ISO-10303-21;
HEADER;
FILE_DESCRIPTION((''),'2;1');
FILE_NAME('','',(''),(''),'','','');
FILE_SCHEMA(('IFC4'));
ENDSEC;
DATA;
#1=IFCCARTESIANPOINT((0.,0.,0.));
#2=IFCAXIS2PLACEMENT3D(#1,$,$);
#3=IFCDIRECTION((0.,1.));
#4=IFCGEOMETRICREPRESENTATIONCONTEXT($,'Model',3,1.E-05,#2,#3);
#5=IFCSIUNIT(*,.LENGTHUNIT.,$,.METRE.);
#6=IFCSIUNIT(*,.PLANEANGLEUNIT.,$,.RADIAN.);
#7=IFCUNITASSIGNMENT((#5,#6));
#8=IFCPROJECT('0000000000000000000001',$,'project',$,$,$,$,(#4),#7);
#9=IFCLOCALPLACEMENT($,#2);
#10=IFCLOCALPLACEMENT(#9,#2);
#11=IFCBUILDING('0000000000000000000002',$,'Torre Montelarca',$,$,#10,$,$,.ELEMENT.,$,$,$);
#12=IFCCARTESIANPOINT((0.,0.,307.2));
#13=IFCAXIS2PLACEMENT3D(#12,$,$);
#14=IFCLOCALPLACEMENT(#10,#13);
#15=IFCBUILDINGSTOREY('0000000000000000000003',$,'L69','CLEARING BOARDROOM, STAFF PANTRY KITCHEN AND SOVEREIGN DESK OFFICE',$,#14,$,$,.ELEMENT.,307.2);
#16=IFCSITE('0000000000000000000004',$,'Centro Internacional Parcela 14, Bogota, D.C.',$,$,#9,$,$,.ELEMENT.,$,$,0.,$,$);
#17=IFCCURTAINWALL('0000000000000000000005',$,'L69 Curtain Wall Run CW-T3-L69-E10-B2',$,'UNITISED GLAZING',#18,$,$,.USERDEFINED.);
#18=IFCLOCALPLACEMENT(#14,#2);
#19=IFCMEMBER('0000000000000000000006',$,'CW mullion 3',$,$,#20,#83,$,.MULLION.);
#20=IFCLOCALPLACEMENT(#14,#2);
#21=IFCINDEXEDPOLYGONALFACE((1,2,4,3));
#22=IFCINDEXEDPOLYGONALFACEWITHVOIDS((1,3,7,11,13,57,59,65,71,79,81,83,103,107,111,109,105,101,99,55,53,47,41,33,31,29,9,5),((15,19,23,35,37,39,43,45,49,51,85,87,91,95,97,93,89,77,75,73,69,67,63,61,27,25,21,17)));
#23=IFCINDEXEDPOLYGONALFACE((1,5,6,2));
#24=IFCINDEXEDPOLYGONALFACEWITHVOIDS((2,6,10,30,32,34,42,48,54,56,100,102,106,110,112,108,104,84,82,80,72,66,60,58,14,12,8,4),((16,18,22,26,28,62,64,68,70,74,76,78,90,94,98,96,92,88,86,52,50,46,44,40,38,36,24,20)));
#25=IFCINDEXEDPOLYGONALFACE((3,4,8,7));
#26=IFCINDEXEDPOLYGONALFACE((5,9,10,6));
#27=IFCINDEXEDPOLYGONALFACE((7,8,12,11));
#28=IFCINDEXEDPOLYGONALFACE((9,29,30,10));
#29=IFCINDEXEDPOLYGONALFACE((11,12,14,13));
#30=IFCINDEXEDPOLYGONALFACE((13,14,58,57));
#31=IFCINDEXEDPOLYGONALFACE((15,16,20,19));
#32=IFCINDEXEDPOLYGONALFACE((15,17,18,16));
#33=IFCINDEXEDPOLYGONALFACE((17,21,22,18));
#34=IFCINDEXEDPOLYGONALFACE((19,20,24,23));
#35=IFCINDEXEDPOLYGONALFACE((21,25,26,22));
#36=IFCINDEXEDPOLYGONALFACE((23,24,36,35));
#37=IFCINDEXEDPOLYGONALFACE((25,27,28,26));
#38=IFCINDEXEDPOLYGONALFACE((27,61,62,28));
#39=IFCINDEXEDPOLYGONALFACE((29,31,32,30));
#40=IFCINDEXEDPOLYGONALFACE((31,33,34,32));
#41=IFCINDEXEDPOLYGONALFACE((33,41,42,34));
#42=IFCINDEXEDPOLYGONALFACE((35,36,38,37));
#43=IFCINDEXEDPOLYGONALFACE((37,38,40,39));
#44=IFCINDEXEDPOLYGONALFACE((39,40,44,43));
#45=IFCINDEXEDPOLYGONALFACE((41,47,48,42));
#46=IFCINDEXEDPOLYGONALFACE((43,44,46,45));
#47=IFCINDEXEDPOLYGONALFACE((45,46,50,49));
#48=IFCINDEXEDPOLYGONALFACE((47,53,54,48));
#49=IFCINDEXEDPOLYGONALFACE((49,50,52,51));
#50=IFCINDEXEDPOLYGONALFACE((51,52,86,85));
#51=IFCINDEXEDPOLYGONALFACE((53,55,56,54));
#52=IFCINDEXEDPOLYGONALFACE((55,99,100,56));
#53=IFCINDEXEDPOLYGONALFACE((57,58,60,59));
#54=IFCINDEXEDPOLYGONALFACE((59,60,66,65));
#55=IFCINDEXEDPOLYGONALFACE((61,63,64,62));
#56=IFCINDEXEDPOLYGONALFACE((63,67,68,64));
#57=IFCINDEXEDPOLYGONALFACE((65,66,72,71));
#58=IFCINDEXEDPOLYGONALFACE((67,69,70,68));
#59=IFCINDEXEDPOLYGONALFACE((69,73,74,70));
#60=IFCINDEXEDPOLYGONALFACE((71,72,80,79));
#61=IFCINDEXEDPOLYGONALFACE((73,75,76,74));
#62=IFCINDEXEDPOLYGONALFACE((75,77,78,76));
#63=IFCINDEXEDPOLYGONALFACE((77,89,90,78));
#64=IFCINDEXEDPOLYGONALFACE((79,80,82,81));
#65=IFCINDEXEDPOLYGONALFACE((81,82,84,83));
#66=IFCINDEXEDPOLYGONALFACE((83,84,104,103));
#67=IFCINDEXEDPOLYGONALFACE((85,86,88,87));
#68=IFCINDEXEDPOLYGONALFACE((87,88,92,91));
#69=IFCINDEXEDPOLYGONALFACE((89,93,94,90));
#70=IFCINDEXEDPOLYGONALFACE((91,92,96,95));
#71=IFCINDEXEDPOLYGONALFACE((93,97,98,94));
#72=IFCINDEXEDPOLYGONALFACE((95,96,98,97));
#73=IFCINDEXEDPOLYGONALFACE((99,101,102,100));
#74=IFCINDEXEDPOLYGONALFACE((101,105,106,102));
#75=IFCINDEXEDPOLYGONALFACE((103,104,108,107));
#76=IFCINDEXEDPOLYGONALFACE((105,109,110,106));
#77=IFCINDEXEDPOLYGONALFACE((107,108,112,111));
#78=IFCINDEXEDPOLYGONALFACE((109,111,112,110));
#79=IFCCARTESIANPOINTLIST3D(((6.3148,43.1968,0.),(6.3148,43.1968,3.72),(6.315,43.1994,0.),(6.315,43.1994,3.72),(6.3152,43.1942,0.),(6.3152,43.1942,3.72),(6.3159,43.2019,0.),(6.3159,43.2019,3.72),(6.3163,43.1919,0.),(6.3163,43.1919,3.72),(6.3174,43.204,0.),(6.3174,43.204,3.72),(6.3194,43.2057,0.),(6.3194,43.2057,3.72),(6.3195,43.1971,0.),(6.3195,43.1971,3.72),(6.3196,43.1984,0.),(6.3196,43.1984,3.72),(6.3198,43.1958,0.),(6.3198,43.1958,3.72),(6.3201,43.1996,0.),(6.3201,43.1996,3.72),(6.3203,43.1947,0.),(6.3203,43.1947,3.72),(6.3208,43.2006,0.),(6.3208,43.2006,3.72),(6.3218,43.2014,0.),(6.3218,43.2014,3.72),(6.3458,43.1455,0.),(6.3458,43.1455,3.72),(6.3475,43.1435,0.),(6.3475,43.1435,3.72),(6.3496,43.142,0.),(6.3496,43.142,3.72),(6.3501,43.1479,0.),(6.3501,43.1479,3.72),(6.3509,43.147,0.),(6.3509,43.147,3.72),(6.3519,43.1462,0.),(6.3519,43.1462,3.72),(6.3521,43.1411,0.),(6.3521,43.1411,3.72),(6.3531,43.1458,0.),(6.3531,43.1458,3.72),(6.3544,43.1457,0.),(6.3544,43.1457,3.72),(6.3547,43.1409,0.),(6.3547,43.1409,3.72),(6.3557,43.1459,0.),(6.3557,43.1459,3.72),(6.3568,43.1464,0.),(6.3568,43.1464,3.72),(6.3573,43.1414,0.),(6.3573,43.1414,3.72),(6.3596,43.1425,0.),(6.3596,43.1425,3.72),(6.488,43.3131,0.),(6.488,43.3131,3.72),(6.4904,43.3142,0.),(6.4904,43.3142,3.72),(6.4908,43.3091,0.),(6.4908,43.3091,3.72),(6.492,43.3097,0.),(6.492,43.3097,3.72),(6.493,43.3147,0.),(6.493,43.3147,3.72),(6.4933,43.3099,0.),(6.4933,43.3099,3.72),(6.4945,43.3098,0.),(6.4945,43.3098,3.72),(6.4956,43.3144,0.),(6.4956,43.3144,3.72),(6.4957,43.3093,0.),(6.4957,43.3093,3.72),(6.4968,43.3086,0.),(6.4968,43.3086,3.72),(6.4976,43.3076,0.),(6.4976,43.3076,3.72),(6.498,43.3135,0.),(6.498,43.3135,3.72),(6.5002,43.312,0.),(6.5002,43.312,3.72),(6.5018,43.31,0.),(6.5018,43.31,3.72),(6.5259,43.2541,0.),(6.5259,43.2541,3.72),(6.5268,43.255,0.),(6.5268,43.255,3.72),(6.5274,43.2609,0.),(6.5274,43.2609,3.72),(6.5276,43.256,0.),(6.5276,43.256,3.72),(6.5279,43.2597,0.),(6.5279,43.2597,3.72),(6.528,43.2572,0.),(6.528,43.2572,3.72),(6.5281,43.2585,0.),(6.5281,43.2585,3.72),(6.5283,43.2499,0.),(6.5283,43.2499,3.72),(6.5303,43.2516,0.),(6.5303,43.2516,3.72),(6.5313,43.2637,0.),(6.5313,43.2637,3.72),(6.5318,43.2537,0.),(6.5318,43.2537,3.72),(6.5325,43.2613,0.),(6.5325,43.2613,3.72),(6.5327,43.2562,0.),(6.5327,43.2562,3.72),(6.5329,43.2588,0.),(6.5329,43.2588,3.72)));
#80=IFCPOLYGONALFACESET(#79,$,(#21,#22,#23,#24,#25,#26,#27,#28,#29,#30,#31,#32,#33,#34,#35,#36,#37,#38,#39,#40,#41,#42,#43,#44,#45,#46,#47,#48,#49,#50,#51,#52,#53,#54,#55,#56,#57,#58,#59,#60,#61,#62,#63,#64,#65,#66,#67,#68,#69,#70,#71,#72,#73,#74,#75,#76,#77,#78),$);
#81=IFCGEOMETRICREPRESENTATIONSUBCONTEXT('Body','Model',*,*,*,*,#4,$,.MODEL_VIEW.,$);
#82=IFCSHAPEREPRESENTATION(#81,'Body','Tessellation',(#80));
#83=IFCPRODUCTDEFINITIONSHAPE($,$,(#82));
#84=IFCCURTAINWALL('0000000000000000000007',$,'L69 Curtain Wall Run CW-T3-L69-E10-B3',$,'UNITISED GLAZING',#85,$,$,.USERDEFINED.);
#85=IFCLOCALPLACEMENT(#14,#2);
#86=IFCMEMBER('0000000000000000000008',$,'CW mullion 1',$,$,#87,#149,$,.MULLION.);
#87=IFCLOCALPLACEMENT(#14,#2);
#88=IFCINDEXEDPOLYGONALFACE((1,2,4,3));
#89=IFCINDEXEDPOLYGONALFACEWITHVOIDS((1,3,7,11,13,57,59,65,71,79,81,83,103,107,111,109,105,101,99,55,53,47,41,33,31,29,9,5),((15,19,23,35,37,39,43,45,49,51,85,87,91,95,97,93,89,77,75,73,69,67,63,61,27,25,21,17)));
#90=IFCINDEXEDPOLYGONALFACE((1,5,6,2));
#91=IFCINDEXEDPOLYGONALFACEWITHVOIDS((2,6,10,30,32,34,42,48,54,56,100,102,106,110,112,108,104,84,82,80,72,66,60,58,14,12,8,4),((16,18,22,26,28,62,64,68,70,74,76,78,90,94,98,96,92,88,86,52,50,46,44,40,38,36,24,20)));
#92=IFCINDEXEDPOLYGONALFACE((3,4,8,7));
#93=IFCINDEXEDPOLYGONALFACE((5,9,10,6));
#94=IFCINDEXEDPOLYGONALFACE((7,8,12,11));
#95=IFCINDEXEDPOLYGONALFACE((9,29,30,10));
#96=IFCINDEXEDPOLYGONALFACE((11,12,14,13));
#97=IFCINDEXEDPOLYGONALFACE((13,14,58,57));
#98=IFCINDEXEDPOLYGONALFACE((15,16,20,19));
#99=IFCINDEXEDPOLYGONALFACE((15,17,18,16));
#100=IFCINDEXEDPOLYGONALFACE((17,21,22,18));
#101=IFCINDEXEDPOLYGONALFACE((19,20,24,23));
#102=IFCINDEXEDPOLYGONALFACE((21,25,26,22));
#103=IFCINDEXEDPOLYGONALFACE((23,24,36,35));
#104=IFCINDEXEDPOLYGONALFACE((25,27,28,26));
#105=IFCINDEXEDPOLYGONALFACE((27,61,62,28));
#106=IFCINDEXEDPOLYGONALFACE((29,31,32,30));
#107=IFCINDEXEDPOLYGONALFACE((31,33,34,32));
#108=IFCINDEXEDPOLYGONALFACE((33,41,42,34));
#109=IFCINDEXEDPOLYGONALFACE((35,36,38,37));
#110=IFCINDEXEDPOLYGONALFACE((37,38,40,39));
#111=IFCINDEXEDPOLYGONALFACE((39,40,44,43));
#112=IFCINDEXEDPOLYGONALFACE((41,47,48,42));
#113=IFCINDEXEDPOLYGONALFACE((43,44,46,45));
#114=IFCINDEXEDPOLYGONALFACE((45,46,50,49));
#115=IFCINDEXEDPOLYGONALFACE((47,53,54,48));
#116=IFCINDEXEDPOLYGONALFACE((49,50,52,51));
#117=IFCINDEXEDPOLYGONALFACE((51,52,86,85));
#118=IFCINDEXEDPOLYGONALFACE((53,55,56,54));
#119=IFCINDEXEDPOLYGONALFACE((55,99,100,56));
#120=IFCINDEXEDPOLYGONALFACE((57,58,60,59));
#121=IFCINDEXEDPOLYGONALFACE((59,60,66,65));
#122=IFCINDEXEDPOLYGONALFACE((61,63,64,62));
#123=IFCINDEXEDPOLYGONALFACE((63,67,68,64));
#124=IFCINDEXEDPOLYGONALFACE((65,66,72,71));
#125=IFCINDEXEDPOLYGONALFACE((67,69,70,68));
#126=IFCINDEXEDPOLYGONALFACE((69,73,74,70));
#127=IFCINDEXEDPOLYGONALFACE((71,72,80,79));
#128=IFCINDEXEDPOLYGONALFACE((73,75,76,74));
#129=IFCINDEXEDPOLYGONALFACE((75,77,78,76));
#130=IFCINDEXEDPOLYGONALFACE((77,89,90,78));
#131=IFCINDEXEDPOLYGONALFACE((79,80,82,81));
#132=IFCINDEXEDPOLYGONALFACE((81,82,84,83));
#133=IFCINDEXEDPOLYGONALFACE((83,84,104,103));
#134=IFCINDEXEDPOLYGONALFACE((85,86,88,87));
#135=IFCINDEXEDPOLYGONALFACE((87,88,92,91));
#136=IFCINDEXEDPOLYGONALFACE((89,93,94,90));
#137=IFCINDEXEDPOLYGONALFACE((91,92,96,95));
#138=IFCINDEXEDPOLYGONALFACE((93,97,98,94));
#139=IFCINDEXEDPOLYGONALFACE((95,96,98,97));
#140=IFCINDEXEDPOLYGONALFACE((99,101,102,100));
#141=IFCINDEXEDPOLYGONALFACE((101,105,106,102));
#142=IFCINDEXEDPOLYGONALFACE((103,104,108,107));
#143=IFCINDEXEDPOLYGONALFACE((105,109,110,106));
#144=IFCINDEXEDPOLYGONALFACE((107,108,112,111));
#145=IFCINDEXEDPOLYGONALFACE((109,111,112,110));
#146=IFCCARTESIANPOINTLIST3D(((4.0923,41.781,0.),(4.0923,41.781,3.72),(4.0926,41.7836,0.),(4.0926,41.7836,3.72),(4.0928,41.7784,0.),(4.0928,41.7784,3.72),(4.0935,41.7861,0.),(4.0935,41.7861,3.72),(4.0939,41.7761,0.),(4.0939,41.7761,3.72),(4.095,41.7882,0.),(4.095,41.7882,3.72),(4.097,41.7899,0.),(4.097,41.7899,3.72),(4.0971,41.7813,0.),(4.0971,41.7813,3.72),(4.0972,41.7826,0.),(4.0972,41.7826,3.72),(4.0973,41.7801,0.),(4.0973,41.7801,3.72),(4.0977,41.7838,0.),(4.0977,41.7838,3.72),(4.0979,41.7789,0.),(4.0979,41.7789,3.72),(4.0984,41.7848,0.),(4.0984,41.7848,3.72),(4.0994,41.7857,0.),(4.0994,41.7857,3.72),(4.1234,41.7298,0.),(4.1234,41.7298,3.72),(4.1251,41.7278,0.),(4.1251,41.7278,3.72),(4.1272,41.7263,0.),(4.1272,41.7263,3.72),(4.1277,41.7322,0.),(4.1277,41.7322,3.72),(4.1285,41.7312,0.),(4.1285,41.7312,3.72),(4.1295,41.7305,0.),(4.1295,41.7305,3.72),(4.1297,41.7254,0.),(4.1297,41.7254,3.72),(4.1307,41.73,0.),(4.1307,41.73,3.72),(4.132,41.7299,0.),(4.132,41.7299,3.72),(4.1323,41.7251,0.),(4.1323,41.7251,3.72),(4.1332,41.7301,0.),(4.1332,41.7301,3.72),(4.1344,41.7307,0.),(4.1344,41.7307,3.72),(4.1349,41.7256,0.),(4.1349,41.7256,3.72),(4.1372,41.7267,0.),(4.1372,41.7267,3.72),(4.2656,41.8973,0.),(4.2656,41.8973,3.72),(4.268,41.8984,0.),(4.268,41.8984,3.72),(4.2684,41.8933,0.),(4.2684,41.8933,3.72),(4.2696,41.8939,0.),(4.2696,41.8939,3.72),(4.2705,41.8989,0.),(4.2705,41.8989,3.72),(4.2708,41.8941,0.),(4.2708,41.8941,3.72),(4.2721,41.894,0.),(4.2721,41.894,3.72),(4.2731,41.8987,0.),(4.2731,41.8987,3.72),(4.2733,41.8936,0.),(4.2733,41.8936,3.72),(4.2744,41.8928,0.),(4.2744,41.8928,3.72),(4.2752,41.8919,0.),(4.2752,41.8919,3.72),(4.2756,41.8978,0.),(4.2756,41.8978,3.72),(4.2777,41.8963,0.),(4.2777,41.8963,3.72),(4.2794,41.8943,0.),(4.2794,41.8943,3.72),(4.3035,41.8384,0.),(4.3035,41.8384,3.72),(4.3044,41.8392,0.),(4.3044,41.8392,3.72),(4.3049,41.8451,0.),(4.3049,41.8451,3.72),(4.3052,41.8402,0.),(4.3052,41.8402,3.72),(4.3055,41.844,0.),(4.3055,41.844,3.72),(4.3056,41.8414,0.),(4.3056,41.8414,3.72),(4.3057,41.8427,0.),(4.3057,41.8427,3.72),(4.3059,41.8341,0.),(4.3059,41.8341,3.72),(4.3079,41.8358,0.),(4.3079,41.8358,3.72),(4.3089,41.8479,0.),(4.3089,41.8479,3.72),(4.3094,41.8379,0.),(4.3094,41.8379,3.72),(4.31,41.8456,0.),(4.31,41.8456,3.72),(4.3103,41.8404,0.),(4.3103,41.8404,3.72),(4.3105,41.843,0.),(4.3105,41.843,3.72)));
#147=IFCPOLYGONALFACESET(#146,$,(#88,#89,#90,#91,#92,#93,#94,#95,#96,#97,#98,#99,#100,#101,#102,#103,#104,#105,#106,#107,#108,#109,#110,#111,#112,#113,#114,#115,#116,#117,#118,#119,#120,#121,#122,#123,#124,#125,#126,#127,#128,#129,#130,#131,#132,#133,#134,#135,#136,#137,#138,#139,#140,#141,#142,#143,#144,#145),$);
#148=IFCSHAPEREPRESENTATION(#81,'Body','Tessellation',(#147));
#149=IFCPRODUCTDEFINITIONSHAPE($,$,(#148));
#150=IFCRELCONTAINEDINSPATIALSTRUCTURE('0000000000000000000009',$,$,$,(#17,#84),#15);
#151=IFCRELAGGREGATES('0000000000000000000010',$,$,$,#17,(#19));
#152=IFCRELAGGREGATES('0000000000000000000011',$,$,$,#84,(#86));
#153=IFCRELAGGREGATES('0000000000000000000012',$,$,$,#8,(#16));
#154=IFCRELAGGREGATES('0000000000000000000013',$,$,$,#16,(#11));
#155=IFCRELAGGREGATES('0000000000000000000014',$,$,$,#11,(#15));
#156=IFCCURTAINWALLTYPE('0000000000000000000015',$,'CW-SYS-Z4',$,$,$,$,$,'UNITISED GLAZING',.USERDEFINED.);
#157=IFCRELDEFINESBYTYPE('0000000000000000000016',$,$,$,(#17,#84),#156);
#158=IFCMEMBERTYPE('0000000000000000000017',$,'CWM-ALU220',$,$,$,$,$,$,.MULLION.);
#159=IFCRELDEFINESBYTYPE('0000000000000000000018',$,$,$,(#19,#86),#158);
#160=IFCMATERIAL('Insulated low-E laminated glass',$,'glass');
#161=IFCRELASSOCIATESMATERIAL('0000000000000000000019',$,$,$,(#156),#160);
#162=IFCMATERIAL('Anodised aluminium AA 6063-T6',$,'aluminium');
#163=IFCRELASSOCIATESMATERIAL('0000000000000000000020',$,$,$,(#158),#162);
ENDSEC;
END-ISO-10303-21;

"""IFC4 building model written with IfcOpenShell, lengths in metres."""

from ifc_helpers import new_model, si_unit, direction, frame, origin, origin_2d, place, context, subcontext, project, spatial, hollow_rectangle, extrude, source, transform, mapped, material, material_profile, profile_set, type_object, element, aggregate, save


model = new_model("IFC4")

# Units and contexts
model_context = context("Model", 3, precision=1e-05, world=origin(), true_north=direction((0.0, 1.0)))
body_context = subcontext(model_context, "Body", "Model", "MODEL_VIEW")
ifc_project = project(units=[si_unit("LENGTHUNIT", "METRE"), si_unit("PLANEANGLEUNIT", "RADIAN")], contexts=[model_context])

# Site, building, storey
site_placement = place(None, origin())
site = spatial("IfcSite", under=ifc_project, at=site_placement, Name="Centro Internacional Parcela 14, Bogota, D.C.", CompositionType="ELEMENT", RefElevation=0.0)
building_placement = place(site_placement, origin())
building = spatial("IfcBuilding", under=site, at=building_placement, Name="Torre Montelarca", CompositionType="ELEMENT")
storey_placement = place(building_placement, frame((0.0, 0.0, 307.2)))
storey = spatial("IfcBuildingStorey", under=building, at=storey_placement, Name="L69", Description="CLEARING BOARDROOM, STAFF PANTRY KITCHEN AND SOVEREIGN DESK OFFICE", CompositionType="ELEMENT", Elevation=307.2)

# Shared definitions
ifc_material_1 = material(Name="Insulated low-E laminated glass", Category="glass")
curtain_wall_type = type_object("IfcCurtainWallType", Name="CW-SYS-Z4", ElementType="UNITISED GLAZING", PredefinedType="USERDEFINED", material=ifc_material_1)
ifc_material_2 = material(Name="Anodised aluminium AA 6063-T6", Category="aluminium")
ifc_material_profile_1 = material_profile(ifc_material_2, hollow_rectangle(XDim=0.075, YDim=0.22, WallThickness=0.0049, InnerFilletRadius=0.0049, OuterFilletRadius=0.01, at=origin_2d()), Name="ALU75X220X5", Category="aluminium")
ifc_profile_set_1 = profile_set([ifc_material_profile_1], Name="Anodised aluminium AA 6063-T6")
member_type_1 = type_object("IfcMemberType", Name="CWM-ALU220", PredefinedType="MULLION", material=ifc_profile_set_1)
shared_shape_1 = source(origin(), body_context, "Body", "SweptSolid", [
    extrude(hollow_rectangle(XDim=0.075, YDim=0.22, WallThickness=0.0049, InnerFilletRadius=0.0049, OuterFilletRadius=0.01, at=origin_2d()), origin(), (0.0, 0.0, 1.0), 3.72),
])

# Curtain walls, members
curtain_wall_1_placement = place(storey_placement, origin())
curtain_wall_1 = element("IfcCurtainWall", 1, at=curtain_wall_1_placement, inside=storey, type_object=curtain_wall_type, Name="L69 Curtain Wall Run CW-T3-L69-E10-B2", ObjectType="UNITISED GLAZING", PredefinedType="USERDEFINED")
member_1_placement = place(storey_placement, frame((6.4238, 43.2278, 0.0), z_axis=(0.0, 0.0, 1.0), x_axis=(0.537302, -0.84339, 0.0)))
member_1 = element("IfcMember", 2, at=member_1_placement, type_object=member_type_1, Name="CW mullion 3", PredefinedType="MULLION", context=body_context, shape_type="MappedRepresentation", body=[
    mapped(shared_shape_1, transform((0.0, 0.0, 0.0), scale=1.0)),
])
curtain_wall_2_placement = place(storey_placement, origin())
curtain_wall_2 = element("IfcCurtainWall", 3, at=curtain_wall_2_placement, inside=storey, type_object=curtain_wall_type, Name="L69 Curtain Wall Run CW-T3-L69-E10-B3", ObjectType="UNITISED GLAZING", PredefinedType="USERDEFINED")
member_2_placement = place(storey_placement, frame((4.2014, 41.812, 0.0), z_axis=(0.0, 0.0, 1.0), x_axis=(0.537304, -0.843389, 0.0)))
member_2 = element("IfcMember", 4, at=member_2_placement, type_object=member_type_1, Name="CW mullion 1", PredefinedType="MULLION", context=body_context, shape_type="MappedRepresentation", body=[
    mapped(shared_shape_1, transform((0.0, 0.0, 0.0), scale=1.0)),
])

aggregate(curtain_wall_1, [member_1])
aggregate(curtain_wall_2, [member_2])

save(model, "model.ifc")
